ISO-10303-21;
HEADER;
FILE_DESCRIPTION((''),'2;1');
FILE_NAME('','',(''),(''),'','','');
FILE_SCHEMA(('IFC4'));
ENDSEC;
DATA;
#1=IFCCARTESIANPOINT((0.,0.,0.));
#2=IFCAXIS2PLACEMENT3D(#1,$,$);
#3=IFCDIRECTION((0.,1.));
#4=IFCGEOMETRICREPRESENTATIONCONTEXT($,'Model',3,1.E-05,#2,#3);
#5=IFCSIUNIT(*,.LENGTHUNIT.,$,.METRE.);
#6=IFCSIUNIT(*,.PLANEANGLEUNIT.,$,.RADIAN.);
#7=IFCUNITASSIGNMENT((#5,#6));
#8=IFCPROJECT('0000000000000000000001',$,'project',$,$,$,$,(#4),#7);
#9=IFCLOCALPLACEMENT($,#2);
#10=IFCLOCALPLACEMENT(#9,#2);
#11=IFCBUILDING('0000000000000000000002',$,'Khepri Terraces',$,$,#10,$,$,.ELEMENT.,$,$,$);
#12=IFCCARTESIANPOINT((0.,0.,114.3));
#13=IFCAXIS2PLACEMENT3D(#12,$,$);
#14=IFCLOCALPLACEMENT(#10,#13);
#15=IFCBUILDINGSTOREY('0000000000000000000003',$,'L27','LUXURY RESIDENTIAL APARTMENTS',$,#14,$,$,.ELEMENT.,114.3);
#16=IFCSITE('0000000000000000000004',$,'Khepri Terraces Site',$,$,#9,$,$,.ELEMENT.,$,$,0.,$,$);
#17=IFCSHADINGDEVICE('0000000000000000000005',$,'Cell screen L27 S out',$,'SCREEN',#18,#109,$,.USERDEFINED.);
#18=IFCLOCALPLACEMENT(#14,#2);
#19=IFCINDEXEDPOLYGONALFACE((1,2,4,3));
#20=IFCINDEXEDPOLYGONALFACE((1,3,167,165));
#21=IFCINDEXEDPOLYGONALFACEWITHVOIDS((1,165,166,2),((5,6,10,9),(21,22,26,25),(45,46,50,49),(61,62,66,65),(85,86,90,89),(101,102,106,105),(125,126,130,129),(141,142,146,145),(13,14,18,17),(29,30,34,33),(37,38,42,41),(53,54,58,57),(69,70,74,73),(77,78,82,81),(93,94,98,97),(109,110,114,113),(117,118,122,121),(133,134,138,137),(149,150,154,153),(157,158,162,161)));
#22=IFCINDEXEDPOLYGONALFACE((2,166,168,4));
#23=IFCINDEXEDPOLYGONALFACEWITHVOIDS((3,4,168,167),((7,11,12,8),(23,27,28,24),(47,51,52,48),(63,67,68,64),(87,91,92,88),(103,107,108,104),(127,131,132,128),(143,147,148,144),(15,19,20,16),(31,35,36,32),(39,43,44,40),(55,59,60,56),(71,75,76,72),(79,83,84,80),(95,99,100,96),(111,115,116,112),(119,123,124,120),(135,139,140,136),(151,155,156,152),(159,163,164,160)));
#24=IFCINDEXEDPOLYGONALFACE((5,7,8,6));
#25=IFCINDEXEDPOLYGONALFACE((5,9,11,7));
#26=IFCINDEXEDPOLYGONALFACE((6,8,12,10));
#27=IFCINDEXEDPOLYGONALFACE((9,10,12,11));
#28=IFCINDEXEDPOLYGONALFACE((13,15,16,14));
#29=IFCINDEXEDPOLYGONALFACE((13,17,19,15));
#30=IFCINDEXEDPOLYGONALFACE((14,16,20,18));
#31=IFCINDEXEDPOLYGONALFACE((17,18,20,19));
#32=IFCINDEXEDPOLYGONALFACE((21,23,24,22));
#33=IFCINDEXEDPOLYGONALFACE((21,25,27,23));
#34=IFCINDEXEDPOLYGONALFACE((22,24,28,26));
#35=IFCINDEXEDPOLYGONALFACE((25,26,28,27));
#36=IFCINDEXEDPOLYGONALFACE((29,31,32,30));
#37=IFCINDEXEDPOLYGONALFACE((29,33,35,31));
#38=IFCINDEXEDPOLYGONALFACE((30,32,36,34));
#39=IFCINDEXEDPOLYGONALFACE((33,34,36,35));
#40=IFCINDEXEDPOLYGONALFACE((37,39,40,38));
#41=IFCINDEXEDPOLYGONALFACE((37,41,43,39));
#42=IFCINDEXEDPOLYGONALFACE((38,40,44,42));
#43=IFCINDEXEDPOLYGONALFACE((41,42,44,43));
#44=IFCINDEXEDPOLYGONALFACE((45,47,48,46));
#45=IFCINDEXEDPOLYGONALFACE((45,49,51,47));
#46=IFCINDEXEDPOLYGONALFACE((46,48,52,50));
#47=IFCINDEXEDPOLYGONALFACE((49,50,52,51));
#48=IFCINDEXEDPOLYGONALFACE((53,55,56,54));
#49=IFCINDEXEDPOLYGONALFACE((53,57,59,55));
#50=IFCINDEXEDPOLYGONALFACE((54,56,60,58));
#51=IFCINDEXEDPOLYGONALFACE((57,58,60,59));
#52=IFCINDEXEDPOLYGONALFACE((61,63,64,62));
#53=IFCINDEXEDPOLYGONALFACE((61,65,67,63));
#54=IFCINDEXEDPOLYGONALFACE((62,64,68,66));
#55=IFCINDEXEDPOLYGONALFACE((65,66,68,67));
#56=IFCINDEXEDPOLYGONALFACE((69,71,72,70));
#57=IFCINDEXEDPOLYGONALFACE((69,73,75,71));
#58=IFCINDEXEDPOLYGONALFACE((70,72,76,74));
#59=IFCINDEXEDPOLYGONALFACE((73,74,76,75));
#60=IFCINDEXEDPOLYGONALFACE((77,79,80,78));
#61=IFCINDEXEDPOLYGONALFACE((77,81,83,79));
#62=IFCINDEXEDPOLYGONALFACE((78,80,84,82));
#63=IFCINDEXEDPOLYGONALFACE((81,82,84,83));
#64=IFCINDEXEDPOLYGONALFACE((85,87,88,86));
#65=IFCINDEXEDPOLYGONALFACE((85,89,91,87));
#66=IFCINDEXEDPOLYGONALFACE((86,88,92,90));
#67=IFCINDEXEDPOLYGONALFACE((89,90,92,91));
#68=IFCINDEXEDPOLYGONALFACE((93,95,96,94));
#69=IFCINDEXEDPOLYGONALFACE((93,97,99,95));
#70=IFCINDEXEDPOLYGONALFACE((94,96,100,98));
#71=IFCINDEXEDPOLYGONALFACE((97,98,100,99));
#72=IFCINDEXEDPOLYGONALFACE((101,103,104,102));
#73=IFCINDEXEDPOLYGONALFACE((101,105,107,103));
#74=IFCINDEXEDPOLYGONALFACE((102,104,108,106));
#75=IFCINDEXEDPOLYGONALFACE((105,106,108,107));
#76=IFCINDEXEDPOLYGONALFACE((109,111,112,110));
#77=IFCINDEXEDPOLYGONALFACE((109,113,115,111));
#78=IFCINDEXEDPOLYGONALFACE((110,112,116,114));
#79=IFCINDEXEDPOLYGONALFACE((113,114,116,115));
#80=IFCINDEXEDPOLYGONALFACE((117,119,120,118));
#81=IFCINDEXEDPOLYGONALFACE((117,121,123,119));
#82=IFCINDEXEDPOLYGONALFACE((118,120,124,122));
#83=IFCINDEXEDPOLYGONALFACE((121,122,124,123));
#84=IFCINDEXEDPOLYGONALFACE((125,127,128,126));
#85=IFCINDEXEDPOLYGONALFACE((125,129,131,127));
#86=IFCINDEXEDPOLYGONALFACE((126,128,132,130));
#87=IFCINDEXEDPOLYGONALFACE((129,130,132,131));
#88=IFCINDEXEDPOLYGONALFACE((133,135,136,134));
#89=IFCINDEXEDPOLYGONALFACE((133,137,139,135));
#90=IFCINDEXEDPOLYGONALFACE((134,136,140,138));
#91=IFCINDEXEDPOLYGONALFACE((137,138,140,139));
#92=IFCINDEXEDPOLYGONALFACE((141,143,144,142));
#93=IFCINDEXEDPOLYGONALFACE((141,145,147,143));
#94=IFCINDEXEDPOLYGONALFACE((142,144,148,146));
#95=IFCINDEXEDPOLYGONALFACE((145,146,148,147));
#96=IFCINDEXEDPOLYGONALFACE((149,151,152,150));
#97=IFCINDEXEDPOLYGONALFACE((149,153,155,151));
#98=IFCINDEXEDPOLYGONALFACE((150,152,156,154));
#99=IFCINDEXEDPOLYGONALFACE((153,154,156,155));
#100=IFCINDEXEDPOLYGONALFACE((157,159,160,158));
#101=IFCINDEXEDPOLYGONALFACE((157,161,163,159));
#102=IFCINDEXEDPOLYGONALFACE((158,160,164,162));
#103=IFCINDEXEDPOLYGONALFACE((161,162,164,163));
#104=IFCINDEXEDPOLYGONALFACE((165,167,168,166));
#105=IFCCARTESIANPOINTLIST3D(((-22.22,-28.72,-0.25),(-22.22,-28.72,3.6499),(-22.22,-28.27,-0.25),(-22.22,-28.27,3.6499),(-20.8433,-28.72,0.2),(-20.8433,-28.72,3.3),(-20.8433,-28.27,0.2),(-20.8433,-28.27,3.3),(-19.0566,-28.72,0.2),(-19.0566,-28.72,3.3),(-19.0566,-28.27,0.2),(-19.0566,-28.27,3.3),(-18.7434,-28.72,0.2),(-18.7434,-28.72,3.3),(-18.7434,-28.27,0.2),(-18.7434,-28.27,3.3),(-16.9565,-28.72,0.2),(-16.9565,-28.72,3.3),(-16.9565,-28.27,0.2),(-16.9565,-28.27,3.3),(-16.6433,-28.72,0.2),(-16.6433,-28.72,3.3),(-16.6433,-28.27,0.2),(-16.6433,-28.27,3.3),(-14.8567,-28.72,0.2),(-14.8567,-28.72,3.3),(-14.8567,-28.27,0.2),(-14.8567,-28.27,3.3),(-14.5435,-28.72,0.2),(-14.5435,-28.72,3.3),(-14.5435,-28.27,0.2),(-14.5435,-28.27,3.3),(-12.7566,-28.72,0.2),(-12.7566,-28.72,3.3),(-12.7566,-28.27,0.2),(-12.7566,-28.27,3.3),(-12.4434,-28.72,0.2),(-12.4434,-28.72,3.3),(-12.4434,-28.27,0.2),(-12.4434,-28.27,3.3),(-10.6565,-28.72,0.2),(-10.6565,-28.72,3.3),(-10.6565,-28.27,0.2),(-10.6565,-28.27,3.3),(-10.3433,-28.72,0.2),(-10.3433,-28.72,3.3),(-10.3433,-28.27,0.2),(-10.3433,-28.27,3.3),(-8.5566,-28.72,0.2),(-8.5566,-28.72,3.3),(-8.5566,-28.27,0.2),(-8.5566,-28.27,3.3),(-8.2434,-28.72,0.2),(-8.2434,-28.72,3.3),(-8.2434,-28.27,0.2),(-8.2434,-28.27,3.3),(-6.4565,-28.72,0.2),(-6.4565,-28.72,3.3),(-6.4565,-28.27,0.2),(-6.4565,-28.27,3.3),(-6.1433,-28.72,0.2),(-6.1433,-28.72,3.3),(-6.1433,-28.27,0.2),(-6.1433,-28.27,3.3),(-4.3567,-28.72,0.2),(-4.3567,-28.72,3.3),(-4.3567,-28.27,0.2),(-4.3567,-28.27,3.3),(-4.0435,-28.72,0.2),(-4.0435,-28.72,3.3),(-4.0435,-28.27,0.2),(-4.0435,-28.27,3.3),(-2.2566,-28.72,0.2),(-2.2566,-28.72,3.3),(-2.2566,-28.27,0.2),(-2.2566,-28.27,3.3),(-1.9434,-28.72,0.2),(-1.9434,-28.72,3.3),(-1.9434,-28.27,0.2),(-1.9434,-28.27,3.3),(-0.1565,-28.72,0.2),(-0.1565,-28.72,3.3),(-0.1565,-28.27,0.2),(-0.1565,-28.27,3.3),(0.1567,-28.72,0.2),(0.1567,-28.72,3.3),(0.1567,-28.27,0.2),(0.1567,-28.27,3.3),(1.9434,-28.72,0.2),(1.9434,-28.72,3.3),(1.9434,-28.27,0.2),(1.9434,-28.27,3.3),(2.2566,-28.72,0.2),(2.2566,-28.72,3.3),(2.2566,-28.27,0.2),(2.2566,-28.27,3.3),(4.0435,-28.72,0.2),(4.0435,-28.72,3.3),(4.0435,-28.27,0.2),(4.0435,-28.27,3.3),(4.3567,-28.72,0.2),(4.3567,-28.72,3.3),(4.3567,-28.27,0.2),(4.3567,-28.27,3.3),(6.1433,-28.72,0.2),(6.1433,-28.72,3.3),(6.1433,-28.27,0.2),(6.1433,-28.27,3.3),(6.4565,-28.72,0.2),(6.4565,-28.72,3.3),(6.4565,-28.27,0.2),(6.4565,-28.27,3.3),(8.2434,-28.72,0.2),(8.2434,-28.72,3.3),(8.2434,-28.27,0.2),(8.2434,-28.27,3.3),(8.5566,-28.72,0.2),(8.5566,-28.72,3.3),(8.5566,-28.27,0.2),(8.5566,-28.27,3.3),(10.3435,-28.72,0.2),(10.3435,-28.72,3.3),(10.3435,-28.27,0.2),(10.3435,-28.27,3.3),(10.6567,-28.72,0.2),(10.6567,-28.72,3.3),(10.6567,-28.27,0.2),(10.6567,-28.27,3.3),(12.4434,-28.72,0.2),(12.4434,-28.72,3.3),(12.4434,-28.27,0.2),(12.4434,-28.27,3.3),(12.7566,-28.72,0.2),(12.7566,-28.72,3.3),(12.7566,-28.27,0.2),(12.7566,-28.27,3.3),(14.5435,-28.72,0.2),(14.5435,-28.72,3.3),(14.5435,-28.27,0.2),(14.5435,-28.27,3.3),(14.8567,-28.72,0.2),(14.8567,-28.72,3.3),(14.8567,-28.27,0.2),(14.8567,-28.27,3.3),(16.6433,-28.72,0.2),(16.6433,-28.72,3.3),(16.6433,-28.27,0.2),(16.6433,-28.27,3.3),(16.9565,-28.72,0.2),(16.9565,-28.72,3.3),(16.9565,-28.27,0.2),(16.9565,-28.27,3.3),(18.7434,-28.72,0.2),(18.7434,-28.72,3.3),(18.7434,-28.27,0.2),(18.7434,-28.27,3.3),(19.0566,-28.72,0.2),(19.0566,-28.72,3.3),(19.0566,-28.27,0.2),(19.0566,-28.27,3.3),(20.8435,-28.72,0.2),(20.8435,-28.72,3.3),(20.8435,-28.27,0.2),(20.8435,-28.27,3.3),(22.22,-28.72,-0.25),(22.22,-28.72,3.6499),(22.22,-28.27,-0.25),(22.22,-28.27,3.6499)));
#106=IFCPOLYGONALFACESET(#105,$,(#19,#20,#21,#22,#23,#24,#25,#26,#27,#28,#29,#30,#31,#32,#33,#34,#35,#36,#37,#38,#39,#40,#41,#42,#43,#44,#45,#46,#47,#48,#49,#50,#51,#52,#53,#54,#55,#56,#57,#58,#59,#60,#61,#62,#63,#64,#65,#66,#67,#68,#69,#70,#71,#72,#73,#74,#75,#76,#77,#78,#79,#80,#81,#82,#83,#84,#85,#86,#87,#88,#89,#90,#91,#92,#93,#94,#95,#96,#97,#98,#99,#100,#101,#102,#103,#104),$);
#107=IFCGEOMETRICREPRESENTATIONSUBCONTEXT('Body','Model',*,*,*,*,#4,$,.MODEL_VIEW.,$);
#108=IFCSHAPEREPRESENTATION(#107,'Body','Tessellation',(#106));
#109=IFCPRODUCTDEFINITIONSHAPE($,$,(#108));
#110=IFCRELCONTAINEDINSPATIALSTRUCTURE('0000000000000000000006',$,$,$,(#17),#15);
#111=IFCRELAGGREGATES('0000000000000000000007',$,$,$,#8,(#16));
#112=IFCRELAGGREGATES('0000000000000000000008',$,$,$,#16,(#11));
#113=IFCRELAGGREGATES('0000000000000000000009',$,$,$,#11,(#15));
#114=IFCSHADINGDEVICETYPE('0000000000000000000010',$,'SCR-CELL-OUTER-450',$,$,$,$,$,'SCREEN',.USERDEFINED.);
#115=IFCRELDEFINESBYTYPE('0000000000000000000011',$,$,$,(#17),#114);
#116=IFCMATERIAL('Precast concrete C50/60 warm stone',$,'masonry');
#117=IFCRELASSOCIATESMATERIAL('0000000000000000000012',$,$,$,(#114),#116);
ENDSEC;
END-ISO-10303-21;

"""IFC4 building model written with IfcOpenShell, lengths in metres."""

from ifc_helpers import new_model, si_unit, direction, frame, origin, place, context, subcontext, project, spatial, polyline, outline, extrude, material, type_object, element, save


model = new_model("IFC4")

# Units and contexts
model_context = context("Model", 3, precision=1e-05, world=origin(), true_north=direction((0.0, 1.0)))
body_context = subcontext(model_context, "Body", "Model", "MODEL_VIEW")
ifc_project = project(units=[si_unit("LENGTHUNIT", "METRE"), si_unit("PLANEANGLEUNIT", "RADIAN")], contexts=[model_context])

# Site, building, storey
site_placement = place(None, origin())
site = spatial("IfcSite", under=ifc_project, at=site_placement, Name="Khepri Terraces Site", CompositionType="ELEMENT", RefElevation=0.0)
building_placement = place(site_placement, origin())
building = spatial("IfcBuilding", under=site, at=building_placement, Name="Khepri Terraces", CompositionType="ELEMENT")
storey_placement = place(building_placement, frame((0.0, 0.0, 114.3)))
storey = spatial("IfcBuildingStorey", under=building, at=storey_placement, Name="L27", Description="LUXURY RESIDENTIAL APARTMENTS", CompositionType="ELEMENT", Elevation=114.3)

# Shared definitions
ifc_material_1 = material(Name="Precast concrete C50/60 warm stone", Category="masonry")

# Shading device
shading_device_type_1 = type_object("IfcShadingDeviceType", Name="SCR-CELL-OUTER-450", ElementType="SCREEN", PredefinedType="USERDEFINED", material=ifc_material_1)
shading_device_1_placement = place(storey_placement, frame((-22.22, -28.27, -0.25), z_axis=(0.0, -1.0, 0.0), x_axis=(1.0, 0.0, 0.0)))
element("IfcShadingDevice", 1, at=shading_device_1_placement, inside=storey, type_object=shading_device_type_1, Name="Cell screen L27 S out", ObjectType="SCREEN", PredefinedType="USERDEFINED", context=body_context, shape_type="SweptSolid", body=[
    extrude(outline(polyline([(0.0, 0.0), (44.4399, 0.0), (44.4399, 3.8999), (0.0, 3.8999), (0.0, 0.0)]), holes=[polyline([(1.3767, 0.45), (3.1633, 0.45), (3.1633, 3.55), (1.3767, 3.55), (1.3767, 0.45)]), polyline([(3.4766, 0.45), (5.2634, 0.45), (5.2634, 3.55), (3.4766, 3.55), (3.4766, 0.45)]), polyline([(5.5767, 0.45), (7.3633, 0.45), (7.3633, 3.55), (5.5767, 3.55), (5.5767, 0.45)]), polyline([(7.6765, 0.45), (9.4634, 0.45), (9.4634, 3.55), (7.6765, 3.55), (7.6765, 0.45)]), polyline([(9.7766, 0.45), (11.5635, 0.45), (11.5635, 3.55), (9.7766, 3.55), (9.7766, 0.45)]), polyline([(11.8767, 0.45), (13.6633, 0.45), (13.6633, 3.55), (11.8767, 3.55), (11.8767, 0.45)]), polyline([(13.9766, 0.45), (15.7634, 0.45), (15.7634, 3.55), (13.9766, 3.55), (13.9766, 0.45)]), polyline([(16.0767, 0.45), (17.8633, 0.45), (17.8633, 3.55), (16.0767, 3.55), (16.0767, 0.45)]), polyline([(18.1765, 0.45), (19.9634, 0.45), (19.9634, 3.55), (18.1765, 3.55), (18.1765, 0.45)]), polyline([(20.2766, 0.45), (22.0635, 0.45), (22.0635, 3.55), (20.2766, 3.55), (20.2766, 0.45)]), polyline([(22.3767, 0.45), (24.1633, 0.45), (24.1633, 3.55), (22.3767, 3.55), (22.3767, 0.45)]), polyline([(24.4766, 0.45), (26.2634, 0.45), (26.2634, 3.55), (24.4766, 3.55), (24.4766, 0.45)]), polyline([(26.5767, 0.45), (28.3633, 0.45), (28.3633, 3.55), (26.5767, 3.55), (26.5767, 0.45)]), polyline([(28.6765, 0.45), (30.4634, 0.45), (30.4634, 3.55), (28.6765, 3.55), (28.6765, 0.45)]), polyline([(30.7766, 0.45), (32.5635, 0.45), (32.5635, 3.55), (30.7766, 3.55), (30.7766, 0.45)]), polyline([(32.8767, 0.45), (34.6633, 0.45), (34.6633, 3.55), (32.8767, 3.55), (32.8767, 0.45)]), polyline([(34.9766, 0.45), (36.7634, 0.45), (36.7634, 3.55), (34.9766, 3.55), (34.9766, 0.45)]), polyline([(37.0767, 0.45), (38.8633, 0.45), (38.8633, 3.55), (37.0767, 3.55), (37.0767, 0.45)]), polyline([(39.1765, 0.45), (40.9634, 0.45), (40.9634, 3.55), (39.1765, 3.55), (39.1765, 0.45)]), polyline([(41.2766, 0.45), (43.0635, 0.45), (43.0635, 3.55), (41.2766, 3.55), (41.2766, 0.45)])]), origin(), (0.0, 0.0, 1.0), 0.45),
])

save(model, "model.ifc")
